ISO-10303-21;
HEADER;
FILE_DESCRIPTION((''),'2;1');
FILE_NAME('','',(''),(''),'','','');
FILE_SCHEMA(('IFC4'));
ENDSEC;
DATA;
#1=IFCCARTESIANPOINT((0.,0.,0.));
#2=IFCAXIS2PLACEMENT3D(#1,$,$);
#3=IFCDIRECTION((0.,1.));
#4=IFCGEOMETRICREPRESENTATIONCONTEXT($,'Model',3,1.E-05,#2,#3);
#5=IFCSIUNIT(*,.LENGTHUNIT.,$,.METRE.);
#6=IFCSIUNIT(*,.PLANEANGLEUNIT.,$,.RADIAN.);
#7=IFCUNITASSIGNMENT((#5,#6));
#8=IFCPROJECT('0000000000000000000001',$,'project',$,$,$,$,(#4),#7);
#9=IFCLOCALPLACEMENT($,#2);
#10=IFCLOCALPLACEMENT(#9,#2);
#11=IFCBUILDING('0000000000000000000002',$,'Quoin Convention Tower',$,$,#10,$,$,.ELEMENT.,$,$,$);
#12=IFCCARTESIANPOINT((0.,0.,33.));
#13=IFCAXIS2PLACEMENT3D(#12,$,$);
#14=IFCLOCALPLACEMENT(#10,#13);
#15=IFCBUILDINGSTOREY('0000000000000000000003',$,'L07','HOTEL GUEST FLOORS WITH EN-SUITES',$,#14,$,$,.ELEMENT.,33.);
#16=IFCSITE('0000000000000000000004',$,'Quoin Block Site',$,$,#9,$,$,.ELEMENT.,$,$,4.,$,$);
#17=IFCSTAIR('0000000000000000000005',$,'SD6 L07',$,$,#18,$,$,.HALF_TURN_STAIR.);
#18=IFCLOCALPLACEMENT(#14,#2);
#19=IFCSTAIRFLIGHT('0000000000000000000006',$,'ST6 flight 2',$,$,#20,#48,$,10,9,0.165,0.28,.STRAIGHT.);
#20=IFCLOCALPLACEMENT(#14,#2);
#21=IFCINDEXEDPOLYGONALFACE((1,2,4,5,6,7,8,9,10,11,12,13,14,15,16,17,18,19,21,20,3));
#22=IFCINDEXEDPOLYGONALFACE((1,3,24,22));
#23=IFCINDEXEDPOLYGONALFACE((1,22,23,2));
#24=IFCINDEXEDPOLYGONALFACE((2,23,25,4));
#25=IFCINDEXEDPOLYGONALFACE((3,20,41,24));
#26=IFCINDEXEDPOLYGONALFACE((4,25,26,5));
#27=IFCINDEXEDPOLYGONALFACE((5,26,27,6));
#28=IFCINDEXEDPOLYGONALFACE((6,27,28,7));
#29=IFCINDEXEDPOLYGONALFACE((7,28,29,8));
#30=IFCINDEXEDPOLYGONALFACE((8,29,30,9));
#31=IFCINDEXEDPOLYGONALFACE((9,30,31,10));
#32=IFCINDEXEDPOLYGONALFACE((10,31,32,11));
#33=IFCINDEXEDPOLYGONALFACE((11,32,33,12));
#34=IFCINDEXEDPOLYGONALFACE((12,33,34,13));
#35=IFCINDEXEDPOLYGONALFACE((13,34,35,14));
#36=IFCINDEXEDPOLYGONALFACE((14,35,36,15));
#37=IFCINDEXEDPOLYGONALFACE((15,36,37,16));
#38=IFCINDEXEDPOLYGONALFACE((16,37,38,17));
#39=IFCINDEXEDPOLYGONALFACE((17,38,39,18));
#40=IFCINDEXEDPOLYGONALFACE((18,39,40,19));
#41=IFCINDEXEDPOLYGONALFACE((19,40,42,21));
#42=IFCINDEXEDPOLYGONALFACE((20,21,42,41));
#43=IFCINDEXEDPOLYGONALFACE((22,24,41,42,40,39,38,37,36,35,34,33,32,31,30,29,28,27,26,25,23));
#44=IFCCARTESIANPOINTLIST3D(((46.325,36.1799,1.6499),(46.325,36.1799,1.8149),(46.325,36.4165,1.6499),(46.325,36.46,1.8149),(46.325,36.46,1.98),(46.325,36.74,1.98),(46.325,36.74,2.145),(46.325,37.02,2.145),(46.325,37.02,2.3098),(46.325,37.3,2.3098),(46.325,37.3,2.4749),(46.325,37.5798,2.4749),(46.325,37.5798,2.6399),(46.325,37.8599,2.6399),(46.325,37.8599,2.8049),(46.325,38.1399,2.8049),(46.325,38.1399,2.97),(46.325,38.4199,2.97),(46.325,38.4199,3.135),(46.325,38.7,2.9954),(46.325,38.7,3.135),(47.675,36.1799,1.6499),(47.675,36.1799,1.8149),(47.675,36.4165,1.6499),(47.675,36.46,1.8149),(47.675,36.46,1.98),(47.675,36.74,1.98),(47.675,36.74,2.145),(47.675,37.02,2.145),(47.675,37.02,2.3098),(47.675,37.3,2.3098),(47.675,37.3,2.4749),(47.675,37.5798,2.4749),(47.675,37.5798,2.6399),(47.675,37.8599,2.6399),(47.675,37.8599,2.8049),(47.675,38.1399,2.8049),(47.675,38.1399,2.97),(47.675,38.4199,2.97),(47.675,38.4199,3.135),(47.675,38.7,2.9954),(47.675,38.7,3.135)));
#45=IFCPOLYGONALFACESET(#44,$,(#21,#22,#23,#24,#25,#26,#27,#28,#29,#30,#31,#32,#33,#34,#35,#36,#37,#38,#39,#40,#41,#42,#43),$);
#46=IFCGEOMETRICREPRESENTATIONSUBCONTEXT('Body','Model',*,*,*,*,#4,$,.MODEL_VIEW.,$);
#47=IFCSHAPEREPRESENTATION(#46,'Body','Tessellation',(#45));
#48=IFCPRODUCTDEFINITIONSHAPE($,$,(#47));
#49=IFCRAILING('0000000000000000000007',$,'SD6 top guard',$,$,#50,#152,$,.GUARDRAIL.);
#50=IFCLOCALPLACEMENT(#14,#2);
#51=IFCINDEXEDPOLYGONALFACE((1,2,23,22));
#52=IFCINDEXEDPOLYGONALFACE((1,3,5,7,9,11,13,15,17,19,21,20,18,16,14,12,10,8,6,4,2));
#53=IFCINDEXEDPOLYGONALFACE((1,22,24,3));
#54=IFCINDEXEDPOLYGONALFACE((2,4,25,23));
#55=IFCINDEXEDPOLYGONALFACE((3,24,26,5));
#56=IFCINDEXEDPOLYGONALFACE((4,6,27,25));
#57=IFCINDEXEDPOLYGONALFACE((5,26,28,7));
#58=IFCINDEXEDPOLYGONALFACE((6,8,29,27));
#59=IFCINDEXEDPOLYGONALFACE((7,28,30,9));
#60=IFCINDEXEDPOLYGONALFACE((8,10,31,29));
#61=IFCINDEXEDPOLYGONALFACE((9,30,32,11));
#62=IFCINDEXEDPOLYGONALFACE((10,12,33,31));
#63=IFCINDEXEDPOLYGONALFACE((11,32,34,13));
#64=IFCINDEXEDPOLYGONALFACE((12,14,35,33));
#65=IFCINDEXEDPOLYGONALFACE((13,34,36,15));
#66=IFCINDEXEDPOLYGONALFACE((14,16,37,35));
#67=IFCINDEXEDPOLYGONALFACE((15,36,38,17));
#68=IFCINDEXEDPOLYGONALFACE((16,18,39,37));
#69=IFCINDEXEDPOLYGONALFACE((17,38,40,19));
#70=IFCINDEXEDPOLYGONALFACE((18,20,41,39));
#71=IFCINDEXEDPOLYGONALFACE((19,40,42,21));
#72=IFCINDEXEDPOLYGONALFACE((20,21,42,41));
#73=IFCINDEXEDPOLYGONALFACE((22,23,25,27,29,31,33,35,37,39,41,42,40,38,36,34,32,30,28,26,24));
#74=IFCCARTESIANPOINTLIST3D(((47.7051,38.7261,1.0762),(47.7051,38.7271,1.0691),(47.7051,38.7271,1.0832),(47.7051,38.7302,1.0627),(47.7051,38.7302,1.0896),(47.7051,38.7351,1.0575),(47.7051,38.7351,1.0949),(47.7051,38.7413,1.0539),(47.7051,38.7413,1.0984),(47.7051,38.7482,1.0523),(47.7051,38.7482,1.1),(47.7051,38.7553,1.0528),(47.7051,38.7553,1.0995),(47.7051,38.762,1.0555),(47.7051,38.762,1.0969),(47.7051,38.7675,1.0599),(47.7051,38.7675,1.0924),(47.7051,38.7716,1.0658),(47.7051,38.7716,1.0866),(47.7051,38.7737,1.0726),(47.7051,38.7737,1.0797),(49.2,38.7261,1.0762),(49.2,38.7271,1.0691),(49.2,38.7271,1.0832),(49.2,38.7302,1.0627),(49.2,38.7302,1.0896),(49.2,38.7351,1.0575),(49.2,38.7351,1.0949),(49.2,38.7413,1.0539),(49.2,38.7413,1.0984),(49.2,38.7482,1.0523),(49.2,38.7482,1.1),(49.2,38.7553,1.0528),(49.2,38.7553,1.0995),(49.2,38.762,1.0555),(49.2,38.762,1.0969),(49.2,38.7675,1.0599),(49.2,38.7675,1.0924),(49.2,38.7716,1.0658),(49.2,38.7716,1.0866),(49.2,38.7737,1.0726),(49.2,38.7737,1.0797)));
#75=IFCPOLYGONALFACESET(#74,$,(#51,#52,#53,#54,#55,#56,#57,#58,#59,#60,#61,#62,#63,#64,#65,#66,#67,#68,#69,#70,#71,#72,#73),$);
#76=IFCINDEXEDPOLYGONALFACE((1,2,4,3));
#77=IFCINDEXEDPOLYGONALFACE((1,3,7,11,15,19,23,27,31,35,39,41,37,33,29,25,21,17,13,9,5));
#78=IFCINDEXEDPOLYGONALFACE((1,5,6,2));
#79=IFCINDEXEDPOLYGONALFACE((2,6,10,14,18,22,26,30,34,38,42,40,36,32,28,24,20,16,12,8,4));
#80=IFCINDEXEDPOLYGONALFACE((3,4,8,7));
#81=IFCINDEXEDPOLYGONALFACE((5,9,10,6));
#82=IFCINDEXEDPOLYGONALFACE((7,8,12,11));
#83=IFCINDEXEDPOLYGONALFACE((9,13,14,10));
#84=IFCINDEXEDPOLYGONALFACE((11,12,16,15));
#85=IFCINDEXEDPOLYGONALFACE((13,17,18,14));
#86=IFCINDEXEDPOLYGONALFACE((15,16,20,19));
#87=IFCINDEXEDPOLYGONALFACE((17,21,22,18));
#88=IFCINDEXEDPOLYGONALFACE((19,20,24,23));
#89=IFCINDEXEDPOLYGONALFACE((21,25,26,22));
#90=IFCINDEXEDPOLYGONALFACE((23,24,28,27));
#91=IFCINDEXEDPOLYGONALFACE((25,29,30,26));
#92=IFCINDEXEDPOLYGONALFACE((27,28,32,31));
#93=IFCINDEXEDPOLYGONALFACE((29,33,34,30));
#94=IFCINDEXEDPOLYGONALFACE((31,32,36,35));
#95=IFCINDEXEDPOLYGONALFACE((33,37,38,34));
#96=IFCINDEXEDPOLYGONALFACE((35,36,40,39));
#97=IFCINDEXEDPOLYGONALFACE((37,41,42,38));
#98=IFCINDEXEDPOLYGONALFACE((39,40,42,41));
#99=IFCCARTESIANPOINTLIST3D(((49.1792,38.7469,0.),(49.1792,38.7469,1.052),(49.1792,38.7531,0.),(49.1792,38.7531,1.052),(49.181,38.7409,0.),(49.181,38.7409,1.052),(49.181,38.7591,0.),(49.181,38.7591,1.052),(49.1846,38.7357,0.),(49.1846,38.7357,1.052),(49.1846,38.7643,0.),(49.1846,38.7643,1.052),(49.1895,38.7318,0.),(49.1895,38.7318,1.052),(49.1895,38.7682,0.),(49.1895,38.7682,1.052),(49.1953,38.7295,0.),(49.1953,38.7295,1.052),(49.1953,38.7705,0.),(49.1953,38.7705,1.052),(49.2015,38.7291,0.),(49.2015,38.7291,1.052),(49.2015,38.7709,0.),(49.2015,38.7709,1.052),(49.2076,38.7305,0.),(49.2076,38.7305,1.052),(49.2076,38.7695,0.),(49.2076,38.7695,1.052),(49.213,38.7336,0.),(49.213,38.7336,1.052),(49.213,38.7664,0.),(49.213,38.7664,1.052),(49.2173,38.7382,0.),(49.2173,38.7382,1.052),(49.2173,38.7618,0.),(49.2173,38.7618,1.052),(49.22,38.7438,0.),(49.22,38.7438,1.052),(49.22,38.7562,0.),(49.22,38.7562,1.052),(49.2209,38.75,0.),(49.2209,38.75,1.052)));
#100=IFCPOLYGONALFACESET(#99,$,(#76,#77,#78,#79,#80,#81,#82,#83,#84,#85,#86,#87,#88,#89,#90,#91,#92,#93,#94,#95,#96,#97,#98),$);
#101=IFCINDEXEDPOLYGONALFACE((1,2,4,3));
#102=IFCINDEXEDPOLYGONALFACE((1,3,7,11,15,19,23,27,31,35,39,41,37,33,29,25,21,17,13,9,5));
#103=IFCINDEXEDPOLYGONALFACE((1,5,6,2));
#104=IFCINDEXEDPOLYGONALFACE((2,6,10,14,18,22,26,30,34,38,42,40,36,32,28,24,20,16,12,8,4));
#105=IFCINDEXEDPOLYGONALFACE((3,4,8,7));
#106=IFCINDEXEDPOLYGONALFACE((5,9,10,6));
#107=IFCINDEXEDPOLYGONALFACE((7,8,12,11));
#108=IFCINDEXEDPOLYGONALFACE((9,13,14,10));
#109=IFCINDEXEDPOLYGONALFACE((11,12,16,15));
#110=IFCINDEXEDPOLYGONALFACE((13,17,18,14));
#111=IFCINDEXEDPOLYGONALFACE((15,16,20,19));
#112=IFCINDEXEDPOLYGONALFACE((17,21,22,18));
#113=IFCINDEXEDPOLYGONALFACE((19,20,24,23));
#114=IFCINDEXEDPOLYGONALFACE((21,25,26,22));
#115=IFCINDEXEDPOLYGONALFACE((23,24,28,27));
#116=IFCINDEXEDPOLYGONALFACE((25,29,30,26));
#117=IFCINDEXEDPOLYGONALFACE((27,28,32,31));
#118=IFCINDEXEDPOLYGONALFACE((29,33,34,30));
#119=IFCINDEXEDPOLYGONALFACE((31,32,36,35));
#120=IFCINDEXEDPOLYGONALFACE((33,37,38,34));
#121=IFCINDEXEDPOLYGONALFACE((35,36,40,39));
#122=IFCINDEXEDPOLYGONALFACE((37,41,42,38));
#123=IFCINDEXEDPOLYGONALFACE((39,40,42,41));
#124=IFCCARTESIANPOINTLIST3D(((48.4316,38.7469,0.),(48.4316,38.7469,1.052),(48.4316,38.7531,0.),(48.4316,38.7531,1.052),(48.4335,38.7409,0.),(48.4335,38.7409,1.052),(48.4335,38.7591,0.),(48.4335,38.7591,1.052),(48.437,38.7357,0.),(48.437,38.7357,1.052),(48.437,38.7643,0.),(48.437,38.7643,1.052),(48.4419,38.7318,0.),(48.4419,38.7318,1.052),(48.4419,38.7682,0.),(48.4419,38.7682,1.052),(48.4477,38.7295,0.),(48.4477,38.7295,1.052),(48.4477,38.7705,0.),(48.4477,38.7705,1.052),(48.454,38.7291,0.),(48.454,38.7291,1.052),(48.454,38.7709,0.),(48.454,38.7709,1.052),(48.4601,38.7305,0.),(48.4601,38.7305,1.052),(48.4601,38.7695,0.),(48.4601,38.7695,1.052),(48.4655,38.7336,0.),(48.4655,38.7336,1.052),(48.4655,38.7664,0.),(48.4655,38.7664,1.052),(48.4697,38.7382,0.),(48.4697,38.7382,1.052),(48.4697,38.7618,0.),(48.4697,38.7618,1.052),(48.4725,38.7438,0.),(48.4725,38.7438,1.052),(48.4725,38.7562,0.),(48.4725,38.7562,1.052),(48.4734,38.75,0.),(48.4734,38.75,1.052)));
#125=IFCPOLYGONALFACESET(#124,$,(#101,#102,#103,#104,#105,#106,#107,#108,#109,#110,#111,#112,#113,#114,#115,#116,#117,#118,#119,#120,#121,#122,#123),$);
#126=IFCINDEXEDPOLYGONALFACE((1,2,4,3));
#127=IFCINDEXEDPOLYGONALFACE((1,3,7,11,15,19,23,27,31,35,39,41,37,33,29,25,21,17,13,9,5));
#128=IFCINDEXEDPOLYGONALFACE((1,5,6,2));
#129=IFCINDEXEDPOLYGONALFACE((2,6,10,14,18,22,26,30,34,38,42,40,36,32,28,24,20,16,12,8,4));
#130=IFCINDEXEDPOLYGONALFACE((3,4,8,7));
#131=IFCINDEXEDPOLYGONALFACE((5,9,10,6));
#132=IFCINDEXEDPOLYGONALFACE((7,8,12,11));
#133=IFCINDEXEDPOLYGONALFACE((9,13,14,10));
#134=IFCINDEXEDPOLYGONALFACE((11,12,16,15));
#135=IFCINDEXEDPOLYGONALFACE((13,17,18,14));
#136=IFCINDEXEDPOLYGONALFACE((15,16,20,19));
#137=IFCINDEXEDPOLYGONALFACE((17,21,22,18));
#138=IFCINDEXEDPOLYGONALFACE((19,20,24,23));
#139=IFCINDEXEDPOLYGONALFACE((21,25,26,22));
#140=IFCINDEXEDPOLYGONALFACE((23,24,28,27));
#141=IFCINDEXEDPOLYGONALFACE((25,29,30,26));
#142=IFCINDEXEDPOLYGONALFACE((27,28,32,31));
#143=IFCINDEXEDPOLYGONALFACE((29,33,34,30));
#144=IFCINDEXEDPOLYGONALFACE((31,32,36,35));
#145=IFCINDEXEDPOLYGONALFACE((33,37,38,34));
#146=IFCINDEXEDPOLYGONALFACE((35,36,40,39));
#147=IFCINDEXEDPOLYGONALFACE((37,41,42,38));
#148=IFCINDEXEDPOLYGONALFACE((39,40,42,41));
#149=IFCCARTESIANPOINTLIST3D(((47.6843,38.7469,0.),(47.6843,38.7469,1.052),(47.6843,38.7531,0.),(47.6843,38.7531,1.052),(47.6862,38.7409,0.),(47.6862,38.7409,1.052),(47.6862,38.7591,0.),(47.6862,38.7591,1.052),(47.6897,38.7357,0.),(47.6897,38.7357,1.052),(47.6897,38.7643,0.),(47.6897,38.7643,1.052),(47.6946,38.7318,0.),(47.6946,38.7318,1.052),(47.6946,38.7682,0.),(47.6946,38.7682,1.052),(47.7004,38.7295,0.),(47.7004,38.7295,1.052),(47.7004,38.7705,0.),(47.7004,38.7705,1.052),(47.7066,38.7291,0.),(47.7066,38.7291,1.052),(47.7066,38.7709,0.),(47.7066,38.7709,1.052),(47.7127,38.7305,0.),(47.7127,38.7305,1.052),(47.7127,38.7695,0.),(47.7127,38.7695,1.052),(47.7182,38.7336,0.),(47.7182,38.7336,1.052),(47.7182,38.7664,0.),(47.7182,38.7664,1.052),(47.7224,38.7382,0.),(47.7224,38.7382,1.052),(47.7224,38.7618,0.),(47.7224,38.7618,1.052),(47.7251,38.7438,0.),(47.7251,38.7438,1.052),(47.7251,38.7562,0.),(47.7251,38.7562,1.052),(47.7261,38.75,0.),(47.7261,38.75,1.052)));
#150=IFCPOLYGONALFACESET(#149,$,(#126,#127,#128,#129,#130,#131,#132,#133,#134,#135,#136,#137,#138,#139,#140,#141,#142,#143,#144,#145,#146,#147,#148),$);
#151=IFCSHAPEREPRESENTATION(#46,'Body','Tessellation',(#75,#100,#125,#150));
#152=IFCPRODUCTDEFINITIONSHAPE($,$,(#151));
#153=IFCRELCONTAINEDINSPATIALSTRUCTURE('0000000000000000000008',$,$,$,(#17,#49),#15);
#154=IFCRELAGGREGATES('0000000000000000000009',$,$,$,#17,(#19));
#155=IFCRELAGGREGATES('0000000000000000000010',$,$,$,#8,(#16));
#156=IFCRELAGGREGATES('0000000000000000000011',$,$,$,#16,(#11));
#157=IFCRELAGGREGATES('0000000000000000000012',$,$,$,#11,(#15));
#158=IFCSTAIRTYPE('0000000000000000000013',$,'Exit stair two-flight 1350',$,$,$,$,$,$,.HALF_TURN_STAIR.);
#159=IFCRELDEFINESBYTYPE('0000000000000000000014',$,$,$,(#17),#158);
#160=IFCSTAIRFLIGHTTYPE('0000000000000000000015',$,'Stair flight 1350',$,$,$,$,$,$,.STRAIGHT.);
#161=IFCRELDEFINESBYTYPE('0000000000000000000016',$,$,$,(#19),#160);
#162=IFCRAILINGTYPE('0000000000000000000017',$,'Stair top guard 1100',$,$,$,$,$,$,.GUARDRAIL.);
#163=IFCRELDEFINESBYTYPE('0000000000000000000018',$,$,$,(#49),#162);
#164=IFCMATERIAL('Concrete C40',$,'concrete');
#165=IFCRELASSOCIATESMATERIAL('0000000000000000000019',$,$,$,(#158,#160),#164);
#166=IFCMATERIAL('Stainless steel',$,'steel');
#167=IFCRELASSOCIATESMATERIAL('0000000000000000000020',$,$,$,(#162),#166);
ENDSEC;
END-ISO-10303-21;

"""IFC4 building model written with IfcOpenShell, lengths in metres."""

from ifc_helpers import new_model, si_unit, direction, frame, origin, origin_2d, place, context, subcontext, project, spatial, polyline, circle, outline, extrude, material, type_object, element, aggregate, save


model = new_model("IFC4")

# Units and contexts
model_context = context("Model", 3, precision=1e-05, world=origin(), true_north=direction((0.0, 1.0)))
body_context = subcontext(model_context, "Body", "Model", "MODEL_VIEW")
ifc_project = project(units=[si_unit("LENGTHUNIT", "METRE"), si_unit("PLANEANGLEUNIT", "RADIAN")], contexts=[model_context])

# Site, building, storey
site_placement = place(None, origin())
site = spatial("IfcSite", under=ifc_project, at=site_placement, Name="Quoin Block Site", CompositionType="ELEMENT", RefElevation=4.0)
building_placement = place(site_placement, origin())
building = spatial("IfcBuilding", under=site, at=building_placement, Name="Quoin Convention Tower", CompositionType="ELEMENT")
storey_placement = place(building_placement, frame((0.0, 0.0, 33.0)))
storey = spatial("IfcBuildingStorey", under=building, at=storey_placement, Name="L07", Description="HOTEL GUEST FLOORS WITH EN-SUITES", CompositionType="ELEMENT", Elevation=33.0)

# Shared definitions
ifc_material_1 = material(Name="Concrete C40", Category="concrete")
stair_type = type_object("IfcStairType", Name="Exit stair two-flight 1350", PredefinedType="HALF_TURN_STAIR", material=ifc_material_1)
stair_flight_type = type_object("IfcStairFlightType", Name="Stair flight 1350", PredefinedType="STRAIGHT", material=ifc_material_1)

# Stair, stair flight
stair_1_placement = place(storey_placement, origin())
stair_1 = element("IfcStair", 1, at=stair_1_placement, inside=storey, type_object=stair_type, Name="SD6 L07", PredefinedType="HALF_TURN_STAIR")
stair_flight_1_placement = place(storey_placement, frame((47.0, 36.1799, 1.6499), z_axis=(0.0, 0.0, 1.0), x_axis=(0.0, 1.0, 0.0)))
stair_flight_1 = element("IfcStairFlight", 2, at=stair_flight_1_placement, type_object=stair_flight_type, Name="ST6 flight 2", NumberOfRisers=10, NumberOfTreads=9, PredefinedType="STRAIGHT", RiserHeight=0.165, TreadLength=0.28, context=body_context, shape_type="SweptSolid", body=[
    extrude(outline(polyline([(0.0, 0.0), (0.0, 0.165), (0.28, 0.165), (0.28, 0.3301), (0.5601, 0.3301), (0.5601, 0.4951), (0.8401, 0.4951), (0.8401, 0.6599), (1.1201, 0.6599), (1.1201, 0.825), (1.3999, 0.825), (1.3999, 0.99), (1.6799, 0.99), (1.6799, 1.155), (1.96, 1.155), (1.96, 1.3201), (2.24, 1.3201), (2.24, 1.4851), (2.52, 1.4851), (2.52, 1.6499), (2.52, 1.3455), (0.2366, 0.0), (0.0, 0.0)])), frame((0.0, 0.675, 0.0), z_axis=(0.0, -1.0, 0.0), x_axis=(1.0, 0.0, 0.0)), (0.0, 0.0, 1.0), 1.3501),
])
aggregate(stair_1, [stair_flight_1])

# Railing
ifc_material_2 = material(Name="Stainless steel", Category="steel")
railing_type_1 = type_object("IfcRailingType", Name="Stair top guard 1100", PredefinedType="GUARDRAIL", material=ifc_material_2)
railing_1_placement = place(storey_placement, frame((49.2, 38.75, 0.0)))
element("IfcRailing", 3, at=railing_1_placement, inside=storey, type_object=railing_type_1, Name="SD6 top guard", PredefinedType="GUARDRAIL", context=body_context, shape_type="SweptSolid", body=[
    extrude(circle(Radius=0.0239, at=origin_2d()), frame((0.0, 0.0, 1.0762), z_axis=(-1.0, 0.0, 0.0), x_axis=(0.0, -1.0, 0.0)), (0.0, 0.0, 1.0), 1.4949),
    extrude(circle(Radius=0.021, at=origin_2d()), origin(), (0.0, 0.0, 1.0), 1.052),
    extrude(circle(Radius=0.021, at=origin_2d()), frame((-0.7476, 0.0, 0.0)), (0.0, 0.0, 1.0), 1.052),
    extrude(circle(Radius=0.021, at=origin_2d()), frame((-1.4949, 0.0, 0.0)), (0.0, 0.0, 1.0), 1.052),
])

save(model, "model.ifc")
